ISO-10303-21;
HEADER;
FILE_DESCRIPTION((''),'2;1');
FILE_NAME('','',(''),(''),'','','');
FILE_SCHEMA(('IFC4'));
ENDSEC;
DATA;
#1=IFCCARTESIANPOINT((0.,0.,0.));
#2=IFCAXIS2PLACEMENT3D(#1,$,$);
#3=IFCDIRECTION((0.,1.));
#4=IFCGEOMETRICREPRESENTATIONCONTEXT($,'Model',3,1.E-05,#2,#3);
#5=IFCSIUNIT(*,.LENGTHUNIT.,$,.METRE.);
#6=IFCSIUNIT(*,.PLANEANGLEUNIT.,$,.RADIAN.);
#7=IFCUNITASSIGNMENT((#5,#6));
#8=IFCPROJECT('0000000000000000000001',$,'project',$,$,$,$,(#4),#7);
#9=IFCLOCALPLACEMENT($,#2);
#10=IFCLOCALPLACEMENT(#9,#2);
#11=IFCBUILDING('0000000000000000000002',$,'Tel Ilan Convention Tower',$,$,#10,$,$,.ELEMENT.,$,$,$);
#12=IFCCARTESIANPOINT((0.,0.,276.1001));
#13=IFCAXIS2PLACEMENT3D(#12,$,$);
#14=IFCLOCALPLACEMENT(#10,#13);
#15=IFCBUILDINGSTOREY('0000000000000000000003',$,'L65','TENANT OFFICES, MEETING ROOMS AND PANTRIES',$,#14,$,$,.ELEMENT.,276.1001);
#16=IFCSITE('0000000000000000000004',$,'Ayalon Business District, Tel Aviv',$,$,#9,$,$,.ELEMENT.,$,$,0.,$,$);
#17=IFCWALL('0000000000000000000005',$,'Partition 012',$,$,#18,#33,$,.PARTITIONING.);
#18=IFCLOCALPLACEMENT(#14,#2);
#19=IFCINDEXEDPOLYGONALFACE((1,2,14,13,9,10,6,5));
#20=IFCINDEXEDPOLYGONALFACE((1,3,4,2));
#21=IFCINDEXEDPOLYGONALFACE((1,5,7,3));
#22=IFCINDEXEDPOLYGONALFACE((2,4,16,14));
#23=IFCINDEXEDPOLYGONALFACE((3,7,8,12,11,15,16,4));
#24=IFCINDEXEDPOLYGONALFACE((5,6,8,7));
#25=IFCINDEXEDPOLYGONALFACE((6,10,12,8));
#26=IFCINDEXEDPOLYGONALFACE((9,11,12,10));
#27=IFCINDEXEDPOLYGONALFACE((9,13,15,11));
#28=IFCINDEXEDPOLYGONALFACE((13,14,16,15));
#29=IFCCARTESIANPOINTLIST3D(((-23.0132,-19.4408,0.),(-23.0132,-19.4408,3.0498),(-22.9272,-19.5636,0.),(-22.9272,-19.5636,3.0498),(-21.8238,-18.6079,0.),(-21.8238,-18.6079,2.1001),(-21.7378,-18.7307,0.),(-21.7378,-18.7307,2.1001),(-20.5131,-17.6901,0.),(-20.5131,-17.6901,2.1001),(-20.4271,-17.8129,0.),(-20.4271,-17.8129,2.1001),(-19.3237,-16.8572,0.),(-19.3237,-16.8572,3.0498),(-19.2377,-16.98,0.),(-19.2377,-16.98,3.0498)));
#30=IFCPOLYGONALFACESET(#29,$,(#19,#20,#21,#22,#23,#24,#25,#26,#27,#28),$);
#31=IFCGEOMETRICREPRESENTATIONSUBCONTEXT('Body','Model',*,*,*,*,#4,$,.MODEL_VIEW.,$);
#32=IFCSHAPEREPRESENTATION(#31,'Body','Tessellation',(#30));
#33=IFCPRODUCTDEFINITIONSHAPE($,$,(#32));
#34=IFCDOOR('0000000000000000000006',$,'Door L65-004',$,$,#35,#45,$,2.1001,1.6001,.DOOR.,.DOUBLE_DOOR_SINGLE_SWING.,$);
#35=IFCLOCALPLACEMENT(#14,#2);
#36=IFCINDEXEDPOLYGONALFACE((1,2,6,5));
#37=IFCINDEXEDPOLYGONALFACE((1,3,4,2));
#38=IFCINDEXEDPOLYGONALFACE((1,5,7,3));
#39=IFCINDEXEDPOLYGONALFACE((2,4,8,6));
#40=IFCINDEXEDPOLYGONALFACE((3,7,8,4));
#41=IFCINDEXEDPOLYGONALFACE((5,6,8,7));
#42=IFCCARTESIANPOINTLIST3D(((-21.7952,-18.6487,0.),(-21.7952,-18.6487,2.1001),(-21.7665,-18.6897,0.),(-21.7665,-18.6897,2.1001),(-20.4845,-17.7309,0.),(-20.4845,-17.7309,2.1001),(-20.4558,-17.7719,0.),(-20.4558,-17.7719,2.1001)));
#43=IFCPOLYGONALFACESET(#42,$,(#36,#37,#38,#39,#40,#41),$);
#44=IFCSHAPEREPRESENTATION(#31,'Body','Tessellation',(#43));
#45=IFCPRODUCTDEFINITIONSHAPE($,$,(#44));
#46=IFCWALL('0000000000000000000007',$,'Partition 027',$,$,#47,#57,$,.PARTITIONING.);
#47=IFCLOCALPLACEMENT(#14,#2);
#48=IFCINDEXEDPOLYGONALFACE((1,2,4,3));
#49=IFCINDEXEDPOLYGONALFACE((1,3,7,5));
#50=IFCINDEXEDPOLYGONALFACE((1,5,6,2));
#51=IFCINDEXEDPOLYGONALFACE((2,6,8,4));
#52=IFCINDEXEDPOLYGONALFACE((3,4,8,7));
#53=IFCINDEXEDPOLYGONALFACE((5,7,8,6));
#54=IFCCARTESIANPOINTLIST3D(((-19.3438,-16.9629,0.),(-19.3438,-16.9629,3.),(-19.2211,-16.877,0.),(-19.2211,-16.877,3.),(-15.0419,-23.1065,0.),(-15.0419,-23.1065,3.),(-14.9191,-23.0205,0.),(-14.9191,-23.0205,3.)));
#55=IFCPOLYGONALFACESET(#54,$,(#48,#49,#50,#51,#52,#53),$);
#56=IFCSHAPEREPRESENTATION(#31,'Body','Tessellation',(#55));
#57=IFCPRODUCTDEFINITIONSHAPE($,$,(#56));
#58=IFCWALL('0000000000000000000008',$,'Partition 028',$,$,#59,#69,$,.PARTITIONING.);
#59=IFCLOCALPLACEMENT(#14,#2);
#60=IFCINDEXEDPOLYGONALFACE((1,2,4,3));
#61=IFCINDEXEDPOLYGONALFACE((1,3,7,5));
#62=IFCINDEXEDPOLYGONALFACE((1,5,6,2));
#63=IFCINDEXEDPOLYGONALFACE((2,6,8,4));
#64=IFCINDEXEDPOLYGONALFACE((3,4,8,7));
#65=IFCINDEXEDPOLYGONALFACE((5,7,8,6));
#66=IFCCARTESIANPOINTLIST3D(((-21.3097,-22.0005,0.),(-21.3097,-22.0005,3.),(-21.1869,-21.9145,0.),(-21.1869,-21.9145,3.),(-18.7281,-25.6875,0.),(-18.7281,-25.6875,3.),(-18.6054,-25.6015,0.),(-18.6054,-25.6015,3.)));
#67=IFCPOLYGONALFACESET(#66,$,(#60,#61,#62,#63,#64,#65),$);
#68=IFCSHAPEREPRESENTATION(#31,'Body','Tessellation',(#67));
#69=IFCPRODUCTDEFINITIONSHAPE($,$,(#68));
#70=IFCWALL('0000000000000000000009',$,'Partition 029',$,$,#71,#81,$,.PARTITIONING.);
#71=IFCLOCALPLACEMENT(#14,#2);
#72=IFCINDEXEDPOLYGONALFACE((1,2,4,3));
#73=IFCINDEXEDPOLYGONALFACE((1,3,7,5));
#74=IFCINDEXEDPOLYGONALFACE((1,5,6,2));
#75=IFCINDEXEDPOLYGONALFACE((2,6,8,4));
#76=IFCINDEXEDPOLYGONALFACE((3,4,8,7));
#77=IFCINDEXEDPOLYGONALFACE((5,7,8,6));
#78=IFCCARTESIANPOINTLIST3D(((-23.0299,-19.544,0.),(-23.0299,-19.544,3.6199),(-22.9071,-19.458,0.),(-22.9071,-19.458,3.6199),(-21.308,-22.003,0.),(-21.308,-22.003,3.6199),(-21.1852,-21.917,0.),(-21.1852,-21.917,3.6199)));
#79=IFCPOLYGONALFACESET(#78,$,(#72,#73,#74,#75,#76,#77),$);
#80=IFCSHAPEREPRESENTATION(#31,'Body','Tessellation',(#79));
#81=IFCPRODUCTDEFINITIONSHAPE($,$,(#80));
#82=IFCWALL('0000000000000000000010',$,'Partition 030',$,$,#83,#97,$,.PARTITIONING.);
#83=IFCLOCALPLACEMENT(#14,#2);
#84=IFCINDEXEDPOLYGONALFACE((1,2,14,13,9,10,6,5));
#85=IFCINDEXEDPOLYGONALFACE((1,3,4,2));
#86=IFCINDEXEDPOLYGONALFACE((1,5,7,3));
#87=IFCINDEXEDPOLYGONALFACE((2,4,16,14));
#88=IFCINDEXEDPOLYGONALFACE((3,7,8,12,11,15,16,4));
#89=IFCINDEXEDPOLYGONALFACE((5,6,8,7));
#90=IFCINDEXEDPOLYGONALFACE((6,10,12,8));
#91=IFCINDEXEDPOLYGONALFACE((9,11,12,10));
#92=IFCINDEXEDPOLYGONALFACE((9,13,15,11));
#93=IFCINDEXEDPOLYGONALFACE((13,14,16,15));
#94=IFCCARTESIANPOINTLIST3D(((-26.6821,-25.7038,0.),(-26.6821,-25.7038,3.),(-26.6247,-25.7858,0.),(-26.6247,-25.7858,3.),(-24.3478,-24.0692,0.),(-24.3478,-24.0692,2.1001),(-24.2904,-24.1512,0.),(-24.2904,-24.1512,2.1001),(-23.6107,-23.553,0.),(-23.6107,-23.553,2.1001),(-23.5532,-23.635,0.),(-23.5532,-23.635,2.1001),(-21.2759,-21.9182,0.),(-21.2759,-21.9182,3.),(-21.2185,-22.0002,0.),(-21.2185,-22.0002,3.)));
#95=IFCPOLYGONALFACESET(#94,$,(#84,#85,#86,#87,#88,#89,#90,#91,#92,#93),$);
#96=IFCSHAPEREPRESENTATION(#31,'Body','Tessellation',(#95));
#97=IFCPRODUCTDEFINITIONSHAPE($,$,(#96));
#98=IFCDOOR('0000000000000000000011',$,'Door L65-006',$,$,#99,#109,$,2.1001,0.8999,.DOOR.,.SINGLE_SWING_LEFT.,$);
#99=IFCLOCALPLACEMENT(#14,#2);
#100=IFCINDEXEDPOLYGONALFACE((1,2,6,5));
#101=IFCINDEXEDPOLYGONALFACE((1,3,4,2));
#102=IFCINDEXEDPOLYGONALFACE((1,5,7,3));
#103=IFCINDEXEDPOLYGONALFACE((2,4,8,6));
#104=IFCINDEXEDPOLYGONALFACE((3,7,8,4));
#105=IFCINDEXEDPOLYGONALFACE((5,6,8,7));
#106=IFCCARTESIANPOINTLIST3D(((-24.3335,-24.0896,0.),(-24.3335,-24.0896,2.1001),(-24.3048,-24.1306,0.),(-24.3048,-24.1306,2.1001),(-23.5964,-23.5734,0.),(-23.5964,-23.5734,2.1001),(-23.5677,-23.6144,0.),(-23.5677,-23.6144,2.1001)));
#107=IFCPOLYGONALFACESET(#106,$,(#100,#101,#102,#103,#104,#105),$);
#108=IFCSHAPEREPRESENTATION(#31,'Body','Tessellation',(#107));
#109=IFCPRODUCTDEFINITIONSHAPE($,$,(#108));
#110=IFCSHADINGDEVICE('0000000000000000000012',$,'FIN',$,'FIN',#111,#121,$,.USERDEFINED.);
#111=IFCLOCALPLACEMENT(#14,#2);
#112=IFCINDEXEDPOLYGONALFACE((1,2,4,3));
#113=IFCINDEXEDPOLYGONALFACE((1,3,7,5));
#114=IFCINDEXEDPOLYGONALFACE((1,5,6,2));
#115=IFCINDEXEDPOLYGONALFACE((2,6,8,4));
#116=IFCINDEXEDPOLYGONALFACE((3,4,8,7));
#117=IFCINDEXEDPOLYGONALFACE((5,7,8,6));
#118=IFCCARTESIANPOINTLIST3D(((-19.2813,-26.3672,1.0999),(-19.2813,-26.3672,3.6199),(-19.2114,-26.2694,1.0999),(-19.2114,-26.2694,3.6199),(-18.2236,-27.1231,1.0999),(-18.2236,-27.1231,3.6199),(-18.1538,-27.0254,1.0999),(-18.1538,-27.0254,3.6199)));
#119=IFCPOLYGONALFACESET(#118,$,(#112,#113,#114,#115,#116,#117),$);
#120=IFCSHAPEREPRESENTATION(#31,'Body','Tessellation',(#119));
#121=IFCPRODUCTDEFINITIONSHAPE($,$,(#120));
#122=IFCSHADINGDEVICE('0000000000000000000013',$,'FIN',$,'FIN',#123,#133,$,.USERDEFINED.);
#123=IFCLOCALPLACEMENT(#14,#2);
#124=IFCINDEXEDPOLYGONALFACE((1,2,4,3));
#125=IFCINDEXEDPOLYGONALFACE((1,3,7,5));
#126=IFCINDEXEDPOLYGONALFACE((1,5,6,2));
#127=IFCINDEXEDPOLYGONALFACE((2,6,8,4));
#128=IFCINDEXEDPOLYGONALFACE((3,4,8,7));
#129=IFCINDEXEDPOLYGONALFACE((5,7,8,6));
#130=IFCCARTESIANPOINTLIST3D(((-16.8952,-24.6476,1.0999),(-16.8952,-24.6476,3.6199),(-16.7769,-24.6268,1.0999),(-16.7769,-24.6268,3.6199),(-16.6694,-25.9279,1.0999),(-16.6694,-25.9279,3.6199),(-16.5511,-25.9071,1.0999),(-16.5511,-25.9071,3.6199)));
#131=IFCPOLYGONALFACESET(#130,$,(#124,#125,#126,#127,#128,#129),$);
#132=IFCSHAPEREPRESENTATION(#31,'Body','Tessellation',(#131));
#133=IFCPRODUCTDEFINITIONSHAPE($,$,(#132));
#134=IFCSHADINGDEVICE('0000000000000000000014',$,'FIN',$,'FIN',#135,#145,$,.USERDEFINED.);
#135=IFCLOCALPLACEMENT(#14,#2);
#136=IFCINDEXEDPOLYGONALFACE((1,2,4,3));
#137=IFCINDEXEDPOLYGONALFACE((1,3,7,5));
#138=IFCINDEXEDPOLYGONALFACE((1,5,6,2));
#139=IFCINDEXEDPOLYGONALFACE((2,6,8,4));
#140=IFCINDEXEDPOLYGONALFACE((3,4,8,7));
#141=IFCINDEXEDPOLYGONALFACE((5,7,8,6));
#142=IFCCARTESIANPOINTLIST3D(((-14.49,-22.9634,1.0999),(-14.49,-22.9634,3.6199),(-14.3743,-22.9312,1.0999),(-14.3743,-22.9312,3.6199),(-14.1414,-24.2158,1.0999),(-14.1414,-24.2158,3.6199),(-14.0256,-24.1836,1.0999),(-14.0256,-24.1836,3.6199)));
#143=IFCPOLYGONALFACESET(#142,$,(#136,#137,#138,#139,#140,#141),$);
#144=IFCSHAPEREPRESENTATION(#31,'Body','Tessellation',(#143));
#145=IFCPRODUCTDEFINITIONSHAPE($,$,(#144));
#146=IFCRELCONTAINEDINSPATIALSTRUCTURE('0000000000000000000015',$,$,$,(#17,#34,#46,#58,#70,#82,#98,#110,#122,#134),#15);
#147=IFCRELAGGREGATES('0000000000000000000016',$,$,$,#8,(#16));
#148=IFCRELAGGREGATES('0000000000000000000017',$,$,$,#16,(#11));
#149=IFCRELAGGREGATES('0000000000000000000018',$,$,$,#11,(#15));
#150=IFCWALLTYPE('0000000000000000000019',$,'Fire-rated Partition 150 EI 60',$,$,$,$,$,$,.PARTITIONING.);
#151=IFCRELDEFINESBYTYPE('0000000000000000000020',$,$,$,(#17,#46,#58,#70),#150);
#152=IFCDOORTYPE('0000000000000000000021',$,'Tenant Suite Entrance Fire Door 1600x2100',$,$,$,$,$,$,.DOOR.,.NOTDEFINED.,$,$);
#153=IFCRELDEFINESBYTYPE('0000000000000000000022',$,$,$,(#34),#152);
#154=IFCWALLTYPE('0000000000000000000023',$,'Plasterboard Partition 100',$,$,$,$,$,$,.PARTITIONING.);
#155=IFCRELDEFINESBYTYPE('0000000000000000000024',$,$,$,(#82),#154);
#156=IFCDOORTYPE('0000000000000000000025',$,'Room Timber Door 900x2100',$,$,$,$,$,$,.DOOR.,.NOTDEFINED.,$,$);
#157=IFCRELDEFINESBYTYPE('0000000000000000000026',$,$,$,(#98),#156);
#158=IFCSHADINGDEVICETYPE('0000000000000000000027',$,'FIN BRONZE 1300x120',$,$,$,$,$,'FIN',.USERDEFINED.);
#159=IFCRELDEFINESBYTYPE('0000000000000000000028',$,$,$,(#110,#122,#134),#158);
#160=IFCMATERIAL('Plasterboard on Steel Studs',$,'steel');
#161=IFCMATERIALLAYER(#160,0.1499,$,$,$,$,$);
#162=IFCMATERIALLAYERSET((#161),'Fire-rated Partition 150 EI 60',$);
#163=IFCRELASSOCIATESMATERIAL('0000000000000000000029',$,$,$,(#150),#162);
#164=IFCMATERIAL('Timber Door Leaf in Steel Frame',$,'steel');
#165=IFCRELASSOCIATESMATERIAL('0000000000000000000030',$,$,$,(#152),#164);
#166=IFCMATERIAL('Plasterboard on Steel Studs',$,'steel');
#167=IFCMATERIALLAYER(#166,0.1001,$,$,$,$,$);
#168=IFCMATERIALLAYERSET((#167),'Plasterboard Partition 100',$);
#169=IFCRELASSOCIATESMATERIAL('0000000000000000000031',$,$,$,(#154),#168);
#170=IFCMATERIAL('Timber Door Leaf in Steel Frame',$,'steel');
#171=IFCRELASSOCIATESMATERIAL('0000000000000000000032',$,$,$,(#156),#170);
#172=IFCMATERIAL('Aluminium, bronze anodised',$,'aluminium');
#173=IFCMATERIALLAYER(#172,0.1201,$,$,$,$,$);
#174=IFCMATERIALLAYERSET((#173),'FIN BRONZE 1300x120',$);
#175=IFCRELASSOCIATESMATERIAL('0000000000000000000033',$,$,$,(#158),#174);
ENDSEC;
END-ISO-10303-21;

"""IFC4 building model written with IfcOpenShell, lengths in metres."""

from ifc_helpers import new_model, si_unit, direction, frame, frame_2d, origin, origin_2d, place, context, subcontext, project, spatial, rectangle, extrude, material, layer, layer_set, type_object, element, fill, save


model = new_model("IFC4")

# Units and contexts
model_context = context("Model", 3, precision=1e-05, world=origin(), true_north=direction((0.0, 1.0)))
body_context = subcontext(model_context, "Body", "Model", "MODEL_VIEW")
ifc_project = project(units=[si_unit("LENGTHUNIT", "METRE"), si_unit("PLANEANGLEUNIT", "RADIAN")], contexts=[model_context])

# Site, building, storey
site_placement = place(None, origin())
site = spatial("IfcSite", under=ifc_project, at=site_placement, Name="Ayalon Business District, Tel Aviv", CompositionType="ELEMENT", RefElevation=0.0)
building_placement = place(site_placement, origin())
building = spatial("IfcBuilding", under=site, at=building_placement, Name="Tel Ilan Convention Tower", CompositionType="ELEMENT")
storey_placement = place(building_placement, frame((0.0, 0.0, 276.1001)))
storey = spatial("IfcBuildingStorey", under=building, at=storey_placement, Name="L65", Description="TENANT OFFICES, MEETING ROOMS AND PANTRIES", CompositionType="ELEMENT", Elevation=276.1001)

# Wall, opening, door
ifc_material_1 = material(Name="Plasterboard on Steel Studs", Category="steel")
ifc_layer_1 = layer(ifc_material_1, 0.1499)
ifc_layer_set_1 = layer_set([ifc_layer_1], Name="Fire-rated Partition 150 EI 60")
wall_type_1 = type_object("IfcWallType", Name="Fire-rated Partition 150 EI 60", PredefinedType="PARTITIONING", material=ifc_layer_set_1)
ifc_material_2 = material(Name="Timber Door Leaf in Steel Frame", Category="steel")
door_type_1 = type_object("IfcDoorType", Name="Tenant Suite Entrance Fire Door 1600x2100", OperationType="NOTDEFINED", PredefinedType="DOOR", material=ifc_material_2)
wall_1_placement = place(storey_placement, frame((-19.2808, -16.9187, 0.0), z_axis=(0.0, 0.0, 1.0), x_axis=(-0.81914, -0.573593, 0.0)))
wall_1 = element("IfcWall", 1, at=wall_1_placement, inside=storey, type_object=wall_type_1, Name="Partition 012", PredefinedType="PARTITIONING", context=body_context, shape_type="SweptSolid", body=[
    extrude(rectangle(XDim=4.5042, YDim=0.1499, at=frame_2d((2.252, 0.0))), origin(), (0.0, 0.0, 1.0), 3.0498),
])
opening_1_placement = place(wall_1_placement, frame((1.4519, 0.0, 0.0)))
opening_1 = element("IfcOpeningElement", 2, at=opening_1_placement, cuts=wall_1, PredefinedType="OPENING", context=body_context, shape_type="SweptSolid", body=[
    extrude(rectangle(XDim=1.6001, YDim=2.1001, at=frame_2d((0.8, 1.05))), frame((0.0, 0.085, 0.0), z_axis=(0.0, -1.0, 0.0), x_axis=(1.0, 0.0, 0.0)), (0.0, 0.0, 1.0), 0.1699),
])
door_1_placement = place(opening_1_placement, origin())
door_1 = element("IfcDoor", 3, at=door_1_placement, inside=storey, type_object=door_type_1, Name="Door L65-004", OperationType="DOUBLE_DOOR_SINGLE_SWING", OverallHeight=2.1001, OverallWidth=1.6001, PredefinedType="DOOR", context=body_context, shape_type="SweptSolid", body=[
    extrude(rectangle(XDim=1.6001, YDim=2.1001, at=frame_2d((0.8, 1.05))), frame((0.0, 0.0249, 0.0), z_axis=(0.0, -1.0, 0.0), x_axis=(1.0, 0.0, 0.0)), (0.0, 0.0, 1.0), 0.05),
])
fill(opening_1, door_1)

# Walls
wall_2_placement = place(storey_placement, frame((-14.9805, -23.0635, 0.0), z_axis=(0.0, 0.0, 1.0), x_axis=(-0.573598, 0.819137, 0.0)))
element("IfcWall", 4, at=wall_2_placement, inside=storey, type_object=wall_type_1, Name="Partition 027", PredefinedType="PARTITIONING", context=body_context, shape_type="SweptSolid", body=[
    extrude(rectangle(XDim=7.5, YDim=0.1499, at=frame_2d((3.75, 0.0))), origin(), (0.0, 0.0, 1.0), 3.0),
])
wall_3_placement = place(storey_placement, frame((-18.6667, -25.6445, 0.0), z_axis=(0.0, 0.0, 1.0), x_axis=(-0.573557, 0.819166, 0.0)))
element("IfcWall", 5, at=wall_3_placement, inside=storey, type_object=wall_type_1, Name="Partition 028", PredefinedType="PARTITIONING", context=body_context, shape_type="SweptSolid", body=[
    extrude(rectangle(XDim=4.501, YDim=0.1499, at=frame_2d((2.2505, 0.0))), origin(), (0.0, 0.0, 1.0), 3.0),
])
wall_4_placement = place(storey_placement, frame((-21.2466, -21.96, 0.0), z_axis=(0.0, 0.0, 1.0), x_axis=(-0.573604, 0.819133, 0.0)))
element("IfcWall", 6, at=wall_4_placement, inside=storey, type_object=wall_type_1, Name="Partition 029", PredefinedType="PARTITIONING", context=body_context, shape_type="SweptSolid", body=[
    extrude(rectangle(XDim=3.002, YDim=0.1499, at=frame_2d((1.501, 0.0))), origin(), (0.0, 0.0, 1.0), 3.6199),
])

# Wall, opening, door
ifc_material_3 = material(Name="Plasterboard on Steel Studs", Category="steel")
ifc_layer_2 = layer(ifc_material_3, 0.1001)
ifc_layer_set_2 = layer_set([ifc_layer_2], Name="Plasterboard Partition 100")
wall_type_2 = type_object("IfcWallType", Name="Plasterboard Partition 100", PredefinedType="PARTITIONING", material=ifc_layer_set_2)
wall_5_placement = place(storey_placement, frame((-21.2473, -21.9592, 0.0), z_axis=(0.0, 0.0, 1.0), x_axis=(-0.819142, -0.573591, 0.0)))
wall_5 = element("IfcWall", 7, at=wall_5_placement, inside=storey, type_object=wall_type_2, Name="Partition 030", PredefinedType="PARTITIONING", context=body_context, shape_type="SweptSolid", body=[
    extrude(rectangle(XDim=6.5999, YDim=0.1001, at=frame_2d((3.2998, 0.0))), origin(), (0.0, 0.0, 1.0), 3.0),
])
opening_2_placement = place(wall_5_placement, frame((2.8501, 0.0, 0.0)))
opening_2 = element("IfcOpeningElement", 8, at=opening_2_placement, cuts=wall_5, PredefinedType="OPENING", context=body_context, shape_type="SweptSolid", body=[
    extrude(rectangle(XDim=0.8999, YDim=2.1001, at=frame_2d((0.45, 1.05))), frame((0.0, 0.0601, 0.0), z_axis=(0.0, -1.0, 0.0), x_axis=(1.0, 0.0, 0.0)), (0.0, 0.0, 1.0), 0.1201),
])
ifc_material_4 = material(Name="Timber Door Leaf in Steel Frame", Category="steel")
door_type_2 = type_object("IfcDoorType", Name="Room Timber Door 900x2100", OperationType="NOTDEFINED", PredefinedType="DOOR", material=ifc_material_4)
door_2_placement = place(opening_2_placement, origin())
door_2 = element("IfcDoor", 9, at=door_2_placement, inside=storey, type_object=door_type_2, Name="Door L65-006", OperationType="SINGLE_SWING_LEFT", OverallHeight=2.1001, OverallWidth=0.8999, PredefinedType="DOOR", context=body_context, shape_type="SweptSolid", body=[
    extrude(rectangle(XDim=0.8999, YDim=2.1001, at=frame_2d((0.45, 1.05))), frame((0.0, 0.0249, 0.0), z_axis=(0.0, -1.0, 0.0), x_axis=(1.0, 0.0, 0.0)), (0.0, 0.0, 1.0), 0.05),
])
fill(opening_2, door_2)

# Shading devices
ifc_material_5 = material(Name="Aluminium, bronze anodised", Category="aluminium")
ifc_layer_3 = layer(ifc_material_5, 0.1201)
ifc_layer_set_3 = layer_set([ifc_layer_3], Name="FIN BRONZE 1300x120")
shading_device_type = type_object("IfcShadingDeviceType", Name="FIN BRONZE 1300x120", ElementType="FIN", PredefinedType="USERDEFINED", material=ifc_layer_set_3)
for number, where, z_axis, x_axis, name in (
    (10, (-18.7175, -26.6963, 1.0999), (0.0, 0.0, 1.0), (0.813552, -0.581492, 0.0), "FIN"),
    (11, (-16.7231, -25.2773, 1.0999), (0.0, 0.0, 1.0), (0.173648, -0.984808, 0.0), "FIN"),
    (12, (-14.2578, -23.5735, 1.0999), (0.0, 0.0, 1.0), (0.268173, -0.963371, 0.0), "FIN"),
):
    element("IfcShadingDevice", number, at=place(storey_placement, frame(where, z_axis=z_axis, x_axis=x_axis)), inside=storey, type_object=shading_device_type, Name=name, ObjectType="FIN", PredefinedType="USERDEFINED", context=body_context, shape_type="SweptSolid", body=[
        extrude(rectangle(XDim=1.3, YDim=0.1201, at=origin_2d()), origin(), (0.0, 0.0, 1.0), 2.52),
    ])

save(model, "model.ifc")
